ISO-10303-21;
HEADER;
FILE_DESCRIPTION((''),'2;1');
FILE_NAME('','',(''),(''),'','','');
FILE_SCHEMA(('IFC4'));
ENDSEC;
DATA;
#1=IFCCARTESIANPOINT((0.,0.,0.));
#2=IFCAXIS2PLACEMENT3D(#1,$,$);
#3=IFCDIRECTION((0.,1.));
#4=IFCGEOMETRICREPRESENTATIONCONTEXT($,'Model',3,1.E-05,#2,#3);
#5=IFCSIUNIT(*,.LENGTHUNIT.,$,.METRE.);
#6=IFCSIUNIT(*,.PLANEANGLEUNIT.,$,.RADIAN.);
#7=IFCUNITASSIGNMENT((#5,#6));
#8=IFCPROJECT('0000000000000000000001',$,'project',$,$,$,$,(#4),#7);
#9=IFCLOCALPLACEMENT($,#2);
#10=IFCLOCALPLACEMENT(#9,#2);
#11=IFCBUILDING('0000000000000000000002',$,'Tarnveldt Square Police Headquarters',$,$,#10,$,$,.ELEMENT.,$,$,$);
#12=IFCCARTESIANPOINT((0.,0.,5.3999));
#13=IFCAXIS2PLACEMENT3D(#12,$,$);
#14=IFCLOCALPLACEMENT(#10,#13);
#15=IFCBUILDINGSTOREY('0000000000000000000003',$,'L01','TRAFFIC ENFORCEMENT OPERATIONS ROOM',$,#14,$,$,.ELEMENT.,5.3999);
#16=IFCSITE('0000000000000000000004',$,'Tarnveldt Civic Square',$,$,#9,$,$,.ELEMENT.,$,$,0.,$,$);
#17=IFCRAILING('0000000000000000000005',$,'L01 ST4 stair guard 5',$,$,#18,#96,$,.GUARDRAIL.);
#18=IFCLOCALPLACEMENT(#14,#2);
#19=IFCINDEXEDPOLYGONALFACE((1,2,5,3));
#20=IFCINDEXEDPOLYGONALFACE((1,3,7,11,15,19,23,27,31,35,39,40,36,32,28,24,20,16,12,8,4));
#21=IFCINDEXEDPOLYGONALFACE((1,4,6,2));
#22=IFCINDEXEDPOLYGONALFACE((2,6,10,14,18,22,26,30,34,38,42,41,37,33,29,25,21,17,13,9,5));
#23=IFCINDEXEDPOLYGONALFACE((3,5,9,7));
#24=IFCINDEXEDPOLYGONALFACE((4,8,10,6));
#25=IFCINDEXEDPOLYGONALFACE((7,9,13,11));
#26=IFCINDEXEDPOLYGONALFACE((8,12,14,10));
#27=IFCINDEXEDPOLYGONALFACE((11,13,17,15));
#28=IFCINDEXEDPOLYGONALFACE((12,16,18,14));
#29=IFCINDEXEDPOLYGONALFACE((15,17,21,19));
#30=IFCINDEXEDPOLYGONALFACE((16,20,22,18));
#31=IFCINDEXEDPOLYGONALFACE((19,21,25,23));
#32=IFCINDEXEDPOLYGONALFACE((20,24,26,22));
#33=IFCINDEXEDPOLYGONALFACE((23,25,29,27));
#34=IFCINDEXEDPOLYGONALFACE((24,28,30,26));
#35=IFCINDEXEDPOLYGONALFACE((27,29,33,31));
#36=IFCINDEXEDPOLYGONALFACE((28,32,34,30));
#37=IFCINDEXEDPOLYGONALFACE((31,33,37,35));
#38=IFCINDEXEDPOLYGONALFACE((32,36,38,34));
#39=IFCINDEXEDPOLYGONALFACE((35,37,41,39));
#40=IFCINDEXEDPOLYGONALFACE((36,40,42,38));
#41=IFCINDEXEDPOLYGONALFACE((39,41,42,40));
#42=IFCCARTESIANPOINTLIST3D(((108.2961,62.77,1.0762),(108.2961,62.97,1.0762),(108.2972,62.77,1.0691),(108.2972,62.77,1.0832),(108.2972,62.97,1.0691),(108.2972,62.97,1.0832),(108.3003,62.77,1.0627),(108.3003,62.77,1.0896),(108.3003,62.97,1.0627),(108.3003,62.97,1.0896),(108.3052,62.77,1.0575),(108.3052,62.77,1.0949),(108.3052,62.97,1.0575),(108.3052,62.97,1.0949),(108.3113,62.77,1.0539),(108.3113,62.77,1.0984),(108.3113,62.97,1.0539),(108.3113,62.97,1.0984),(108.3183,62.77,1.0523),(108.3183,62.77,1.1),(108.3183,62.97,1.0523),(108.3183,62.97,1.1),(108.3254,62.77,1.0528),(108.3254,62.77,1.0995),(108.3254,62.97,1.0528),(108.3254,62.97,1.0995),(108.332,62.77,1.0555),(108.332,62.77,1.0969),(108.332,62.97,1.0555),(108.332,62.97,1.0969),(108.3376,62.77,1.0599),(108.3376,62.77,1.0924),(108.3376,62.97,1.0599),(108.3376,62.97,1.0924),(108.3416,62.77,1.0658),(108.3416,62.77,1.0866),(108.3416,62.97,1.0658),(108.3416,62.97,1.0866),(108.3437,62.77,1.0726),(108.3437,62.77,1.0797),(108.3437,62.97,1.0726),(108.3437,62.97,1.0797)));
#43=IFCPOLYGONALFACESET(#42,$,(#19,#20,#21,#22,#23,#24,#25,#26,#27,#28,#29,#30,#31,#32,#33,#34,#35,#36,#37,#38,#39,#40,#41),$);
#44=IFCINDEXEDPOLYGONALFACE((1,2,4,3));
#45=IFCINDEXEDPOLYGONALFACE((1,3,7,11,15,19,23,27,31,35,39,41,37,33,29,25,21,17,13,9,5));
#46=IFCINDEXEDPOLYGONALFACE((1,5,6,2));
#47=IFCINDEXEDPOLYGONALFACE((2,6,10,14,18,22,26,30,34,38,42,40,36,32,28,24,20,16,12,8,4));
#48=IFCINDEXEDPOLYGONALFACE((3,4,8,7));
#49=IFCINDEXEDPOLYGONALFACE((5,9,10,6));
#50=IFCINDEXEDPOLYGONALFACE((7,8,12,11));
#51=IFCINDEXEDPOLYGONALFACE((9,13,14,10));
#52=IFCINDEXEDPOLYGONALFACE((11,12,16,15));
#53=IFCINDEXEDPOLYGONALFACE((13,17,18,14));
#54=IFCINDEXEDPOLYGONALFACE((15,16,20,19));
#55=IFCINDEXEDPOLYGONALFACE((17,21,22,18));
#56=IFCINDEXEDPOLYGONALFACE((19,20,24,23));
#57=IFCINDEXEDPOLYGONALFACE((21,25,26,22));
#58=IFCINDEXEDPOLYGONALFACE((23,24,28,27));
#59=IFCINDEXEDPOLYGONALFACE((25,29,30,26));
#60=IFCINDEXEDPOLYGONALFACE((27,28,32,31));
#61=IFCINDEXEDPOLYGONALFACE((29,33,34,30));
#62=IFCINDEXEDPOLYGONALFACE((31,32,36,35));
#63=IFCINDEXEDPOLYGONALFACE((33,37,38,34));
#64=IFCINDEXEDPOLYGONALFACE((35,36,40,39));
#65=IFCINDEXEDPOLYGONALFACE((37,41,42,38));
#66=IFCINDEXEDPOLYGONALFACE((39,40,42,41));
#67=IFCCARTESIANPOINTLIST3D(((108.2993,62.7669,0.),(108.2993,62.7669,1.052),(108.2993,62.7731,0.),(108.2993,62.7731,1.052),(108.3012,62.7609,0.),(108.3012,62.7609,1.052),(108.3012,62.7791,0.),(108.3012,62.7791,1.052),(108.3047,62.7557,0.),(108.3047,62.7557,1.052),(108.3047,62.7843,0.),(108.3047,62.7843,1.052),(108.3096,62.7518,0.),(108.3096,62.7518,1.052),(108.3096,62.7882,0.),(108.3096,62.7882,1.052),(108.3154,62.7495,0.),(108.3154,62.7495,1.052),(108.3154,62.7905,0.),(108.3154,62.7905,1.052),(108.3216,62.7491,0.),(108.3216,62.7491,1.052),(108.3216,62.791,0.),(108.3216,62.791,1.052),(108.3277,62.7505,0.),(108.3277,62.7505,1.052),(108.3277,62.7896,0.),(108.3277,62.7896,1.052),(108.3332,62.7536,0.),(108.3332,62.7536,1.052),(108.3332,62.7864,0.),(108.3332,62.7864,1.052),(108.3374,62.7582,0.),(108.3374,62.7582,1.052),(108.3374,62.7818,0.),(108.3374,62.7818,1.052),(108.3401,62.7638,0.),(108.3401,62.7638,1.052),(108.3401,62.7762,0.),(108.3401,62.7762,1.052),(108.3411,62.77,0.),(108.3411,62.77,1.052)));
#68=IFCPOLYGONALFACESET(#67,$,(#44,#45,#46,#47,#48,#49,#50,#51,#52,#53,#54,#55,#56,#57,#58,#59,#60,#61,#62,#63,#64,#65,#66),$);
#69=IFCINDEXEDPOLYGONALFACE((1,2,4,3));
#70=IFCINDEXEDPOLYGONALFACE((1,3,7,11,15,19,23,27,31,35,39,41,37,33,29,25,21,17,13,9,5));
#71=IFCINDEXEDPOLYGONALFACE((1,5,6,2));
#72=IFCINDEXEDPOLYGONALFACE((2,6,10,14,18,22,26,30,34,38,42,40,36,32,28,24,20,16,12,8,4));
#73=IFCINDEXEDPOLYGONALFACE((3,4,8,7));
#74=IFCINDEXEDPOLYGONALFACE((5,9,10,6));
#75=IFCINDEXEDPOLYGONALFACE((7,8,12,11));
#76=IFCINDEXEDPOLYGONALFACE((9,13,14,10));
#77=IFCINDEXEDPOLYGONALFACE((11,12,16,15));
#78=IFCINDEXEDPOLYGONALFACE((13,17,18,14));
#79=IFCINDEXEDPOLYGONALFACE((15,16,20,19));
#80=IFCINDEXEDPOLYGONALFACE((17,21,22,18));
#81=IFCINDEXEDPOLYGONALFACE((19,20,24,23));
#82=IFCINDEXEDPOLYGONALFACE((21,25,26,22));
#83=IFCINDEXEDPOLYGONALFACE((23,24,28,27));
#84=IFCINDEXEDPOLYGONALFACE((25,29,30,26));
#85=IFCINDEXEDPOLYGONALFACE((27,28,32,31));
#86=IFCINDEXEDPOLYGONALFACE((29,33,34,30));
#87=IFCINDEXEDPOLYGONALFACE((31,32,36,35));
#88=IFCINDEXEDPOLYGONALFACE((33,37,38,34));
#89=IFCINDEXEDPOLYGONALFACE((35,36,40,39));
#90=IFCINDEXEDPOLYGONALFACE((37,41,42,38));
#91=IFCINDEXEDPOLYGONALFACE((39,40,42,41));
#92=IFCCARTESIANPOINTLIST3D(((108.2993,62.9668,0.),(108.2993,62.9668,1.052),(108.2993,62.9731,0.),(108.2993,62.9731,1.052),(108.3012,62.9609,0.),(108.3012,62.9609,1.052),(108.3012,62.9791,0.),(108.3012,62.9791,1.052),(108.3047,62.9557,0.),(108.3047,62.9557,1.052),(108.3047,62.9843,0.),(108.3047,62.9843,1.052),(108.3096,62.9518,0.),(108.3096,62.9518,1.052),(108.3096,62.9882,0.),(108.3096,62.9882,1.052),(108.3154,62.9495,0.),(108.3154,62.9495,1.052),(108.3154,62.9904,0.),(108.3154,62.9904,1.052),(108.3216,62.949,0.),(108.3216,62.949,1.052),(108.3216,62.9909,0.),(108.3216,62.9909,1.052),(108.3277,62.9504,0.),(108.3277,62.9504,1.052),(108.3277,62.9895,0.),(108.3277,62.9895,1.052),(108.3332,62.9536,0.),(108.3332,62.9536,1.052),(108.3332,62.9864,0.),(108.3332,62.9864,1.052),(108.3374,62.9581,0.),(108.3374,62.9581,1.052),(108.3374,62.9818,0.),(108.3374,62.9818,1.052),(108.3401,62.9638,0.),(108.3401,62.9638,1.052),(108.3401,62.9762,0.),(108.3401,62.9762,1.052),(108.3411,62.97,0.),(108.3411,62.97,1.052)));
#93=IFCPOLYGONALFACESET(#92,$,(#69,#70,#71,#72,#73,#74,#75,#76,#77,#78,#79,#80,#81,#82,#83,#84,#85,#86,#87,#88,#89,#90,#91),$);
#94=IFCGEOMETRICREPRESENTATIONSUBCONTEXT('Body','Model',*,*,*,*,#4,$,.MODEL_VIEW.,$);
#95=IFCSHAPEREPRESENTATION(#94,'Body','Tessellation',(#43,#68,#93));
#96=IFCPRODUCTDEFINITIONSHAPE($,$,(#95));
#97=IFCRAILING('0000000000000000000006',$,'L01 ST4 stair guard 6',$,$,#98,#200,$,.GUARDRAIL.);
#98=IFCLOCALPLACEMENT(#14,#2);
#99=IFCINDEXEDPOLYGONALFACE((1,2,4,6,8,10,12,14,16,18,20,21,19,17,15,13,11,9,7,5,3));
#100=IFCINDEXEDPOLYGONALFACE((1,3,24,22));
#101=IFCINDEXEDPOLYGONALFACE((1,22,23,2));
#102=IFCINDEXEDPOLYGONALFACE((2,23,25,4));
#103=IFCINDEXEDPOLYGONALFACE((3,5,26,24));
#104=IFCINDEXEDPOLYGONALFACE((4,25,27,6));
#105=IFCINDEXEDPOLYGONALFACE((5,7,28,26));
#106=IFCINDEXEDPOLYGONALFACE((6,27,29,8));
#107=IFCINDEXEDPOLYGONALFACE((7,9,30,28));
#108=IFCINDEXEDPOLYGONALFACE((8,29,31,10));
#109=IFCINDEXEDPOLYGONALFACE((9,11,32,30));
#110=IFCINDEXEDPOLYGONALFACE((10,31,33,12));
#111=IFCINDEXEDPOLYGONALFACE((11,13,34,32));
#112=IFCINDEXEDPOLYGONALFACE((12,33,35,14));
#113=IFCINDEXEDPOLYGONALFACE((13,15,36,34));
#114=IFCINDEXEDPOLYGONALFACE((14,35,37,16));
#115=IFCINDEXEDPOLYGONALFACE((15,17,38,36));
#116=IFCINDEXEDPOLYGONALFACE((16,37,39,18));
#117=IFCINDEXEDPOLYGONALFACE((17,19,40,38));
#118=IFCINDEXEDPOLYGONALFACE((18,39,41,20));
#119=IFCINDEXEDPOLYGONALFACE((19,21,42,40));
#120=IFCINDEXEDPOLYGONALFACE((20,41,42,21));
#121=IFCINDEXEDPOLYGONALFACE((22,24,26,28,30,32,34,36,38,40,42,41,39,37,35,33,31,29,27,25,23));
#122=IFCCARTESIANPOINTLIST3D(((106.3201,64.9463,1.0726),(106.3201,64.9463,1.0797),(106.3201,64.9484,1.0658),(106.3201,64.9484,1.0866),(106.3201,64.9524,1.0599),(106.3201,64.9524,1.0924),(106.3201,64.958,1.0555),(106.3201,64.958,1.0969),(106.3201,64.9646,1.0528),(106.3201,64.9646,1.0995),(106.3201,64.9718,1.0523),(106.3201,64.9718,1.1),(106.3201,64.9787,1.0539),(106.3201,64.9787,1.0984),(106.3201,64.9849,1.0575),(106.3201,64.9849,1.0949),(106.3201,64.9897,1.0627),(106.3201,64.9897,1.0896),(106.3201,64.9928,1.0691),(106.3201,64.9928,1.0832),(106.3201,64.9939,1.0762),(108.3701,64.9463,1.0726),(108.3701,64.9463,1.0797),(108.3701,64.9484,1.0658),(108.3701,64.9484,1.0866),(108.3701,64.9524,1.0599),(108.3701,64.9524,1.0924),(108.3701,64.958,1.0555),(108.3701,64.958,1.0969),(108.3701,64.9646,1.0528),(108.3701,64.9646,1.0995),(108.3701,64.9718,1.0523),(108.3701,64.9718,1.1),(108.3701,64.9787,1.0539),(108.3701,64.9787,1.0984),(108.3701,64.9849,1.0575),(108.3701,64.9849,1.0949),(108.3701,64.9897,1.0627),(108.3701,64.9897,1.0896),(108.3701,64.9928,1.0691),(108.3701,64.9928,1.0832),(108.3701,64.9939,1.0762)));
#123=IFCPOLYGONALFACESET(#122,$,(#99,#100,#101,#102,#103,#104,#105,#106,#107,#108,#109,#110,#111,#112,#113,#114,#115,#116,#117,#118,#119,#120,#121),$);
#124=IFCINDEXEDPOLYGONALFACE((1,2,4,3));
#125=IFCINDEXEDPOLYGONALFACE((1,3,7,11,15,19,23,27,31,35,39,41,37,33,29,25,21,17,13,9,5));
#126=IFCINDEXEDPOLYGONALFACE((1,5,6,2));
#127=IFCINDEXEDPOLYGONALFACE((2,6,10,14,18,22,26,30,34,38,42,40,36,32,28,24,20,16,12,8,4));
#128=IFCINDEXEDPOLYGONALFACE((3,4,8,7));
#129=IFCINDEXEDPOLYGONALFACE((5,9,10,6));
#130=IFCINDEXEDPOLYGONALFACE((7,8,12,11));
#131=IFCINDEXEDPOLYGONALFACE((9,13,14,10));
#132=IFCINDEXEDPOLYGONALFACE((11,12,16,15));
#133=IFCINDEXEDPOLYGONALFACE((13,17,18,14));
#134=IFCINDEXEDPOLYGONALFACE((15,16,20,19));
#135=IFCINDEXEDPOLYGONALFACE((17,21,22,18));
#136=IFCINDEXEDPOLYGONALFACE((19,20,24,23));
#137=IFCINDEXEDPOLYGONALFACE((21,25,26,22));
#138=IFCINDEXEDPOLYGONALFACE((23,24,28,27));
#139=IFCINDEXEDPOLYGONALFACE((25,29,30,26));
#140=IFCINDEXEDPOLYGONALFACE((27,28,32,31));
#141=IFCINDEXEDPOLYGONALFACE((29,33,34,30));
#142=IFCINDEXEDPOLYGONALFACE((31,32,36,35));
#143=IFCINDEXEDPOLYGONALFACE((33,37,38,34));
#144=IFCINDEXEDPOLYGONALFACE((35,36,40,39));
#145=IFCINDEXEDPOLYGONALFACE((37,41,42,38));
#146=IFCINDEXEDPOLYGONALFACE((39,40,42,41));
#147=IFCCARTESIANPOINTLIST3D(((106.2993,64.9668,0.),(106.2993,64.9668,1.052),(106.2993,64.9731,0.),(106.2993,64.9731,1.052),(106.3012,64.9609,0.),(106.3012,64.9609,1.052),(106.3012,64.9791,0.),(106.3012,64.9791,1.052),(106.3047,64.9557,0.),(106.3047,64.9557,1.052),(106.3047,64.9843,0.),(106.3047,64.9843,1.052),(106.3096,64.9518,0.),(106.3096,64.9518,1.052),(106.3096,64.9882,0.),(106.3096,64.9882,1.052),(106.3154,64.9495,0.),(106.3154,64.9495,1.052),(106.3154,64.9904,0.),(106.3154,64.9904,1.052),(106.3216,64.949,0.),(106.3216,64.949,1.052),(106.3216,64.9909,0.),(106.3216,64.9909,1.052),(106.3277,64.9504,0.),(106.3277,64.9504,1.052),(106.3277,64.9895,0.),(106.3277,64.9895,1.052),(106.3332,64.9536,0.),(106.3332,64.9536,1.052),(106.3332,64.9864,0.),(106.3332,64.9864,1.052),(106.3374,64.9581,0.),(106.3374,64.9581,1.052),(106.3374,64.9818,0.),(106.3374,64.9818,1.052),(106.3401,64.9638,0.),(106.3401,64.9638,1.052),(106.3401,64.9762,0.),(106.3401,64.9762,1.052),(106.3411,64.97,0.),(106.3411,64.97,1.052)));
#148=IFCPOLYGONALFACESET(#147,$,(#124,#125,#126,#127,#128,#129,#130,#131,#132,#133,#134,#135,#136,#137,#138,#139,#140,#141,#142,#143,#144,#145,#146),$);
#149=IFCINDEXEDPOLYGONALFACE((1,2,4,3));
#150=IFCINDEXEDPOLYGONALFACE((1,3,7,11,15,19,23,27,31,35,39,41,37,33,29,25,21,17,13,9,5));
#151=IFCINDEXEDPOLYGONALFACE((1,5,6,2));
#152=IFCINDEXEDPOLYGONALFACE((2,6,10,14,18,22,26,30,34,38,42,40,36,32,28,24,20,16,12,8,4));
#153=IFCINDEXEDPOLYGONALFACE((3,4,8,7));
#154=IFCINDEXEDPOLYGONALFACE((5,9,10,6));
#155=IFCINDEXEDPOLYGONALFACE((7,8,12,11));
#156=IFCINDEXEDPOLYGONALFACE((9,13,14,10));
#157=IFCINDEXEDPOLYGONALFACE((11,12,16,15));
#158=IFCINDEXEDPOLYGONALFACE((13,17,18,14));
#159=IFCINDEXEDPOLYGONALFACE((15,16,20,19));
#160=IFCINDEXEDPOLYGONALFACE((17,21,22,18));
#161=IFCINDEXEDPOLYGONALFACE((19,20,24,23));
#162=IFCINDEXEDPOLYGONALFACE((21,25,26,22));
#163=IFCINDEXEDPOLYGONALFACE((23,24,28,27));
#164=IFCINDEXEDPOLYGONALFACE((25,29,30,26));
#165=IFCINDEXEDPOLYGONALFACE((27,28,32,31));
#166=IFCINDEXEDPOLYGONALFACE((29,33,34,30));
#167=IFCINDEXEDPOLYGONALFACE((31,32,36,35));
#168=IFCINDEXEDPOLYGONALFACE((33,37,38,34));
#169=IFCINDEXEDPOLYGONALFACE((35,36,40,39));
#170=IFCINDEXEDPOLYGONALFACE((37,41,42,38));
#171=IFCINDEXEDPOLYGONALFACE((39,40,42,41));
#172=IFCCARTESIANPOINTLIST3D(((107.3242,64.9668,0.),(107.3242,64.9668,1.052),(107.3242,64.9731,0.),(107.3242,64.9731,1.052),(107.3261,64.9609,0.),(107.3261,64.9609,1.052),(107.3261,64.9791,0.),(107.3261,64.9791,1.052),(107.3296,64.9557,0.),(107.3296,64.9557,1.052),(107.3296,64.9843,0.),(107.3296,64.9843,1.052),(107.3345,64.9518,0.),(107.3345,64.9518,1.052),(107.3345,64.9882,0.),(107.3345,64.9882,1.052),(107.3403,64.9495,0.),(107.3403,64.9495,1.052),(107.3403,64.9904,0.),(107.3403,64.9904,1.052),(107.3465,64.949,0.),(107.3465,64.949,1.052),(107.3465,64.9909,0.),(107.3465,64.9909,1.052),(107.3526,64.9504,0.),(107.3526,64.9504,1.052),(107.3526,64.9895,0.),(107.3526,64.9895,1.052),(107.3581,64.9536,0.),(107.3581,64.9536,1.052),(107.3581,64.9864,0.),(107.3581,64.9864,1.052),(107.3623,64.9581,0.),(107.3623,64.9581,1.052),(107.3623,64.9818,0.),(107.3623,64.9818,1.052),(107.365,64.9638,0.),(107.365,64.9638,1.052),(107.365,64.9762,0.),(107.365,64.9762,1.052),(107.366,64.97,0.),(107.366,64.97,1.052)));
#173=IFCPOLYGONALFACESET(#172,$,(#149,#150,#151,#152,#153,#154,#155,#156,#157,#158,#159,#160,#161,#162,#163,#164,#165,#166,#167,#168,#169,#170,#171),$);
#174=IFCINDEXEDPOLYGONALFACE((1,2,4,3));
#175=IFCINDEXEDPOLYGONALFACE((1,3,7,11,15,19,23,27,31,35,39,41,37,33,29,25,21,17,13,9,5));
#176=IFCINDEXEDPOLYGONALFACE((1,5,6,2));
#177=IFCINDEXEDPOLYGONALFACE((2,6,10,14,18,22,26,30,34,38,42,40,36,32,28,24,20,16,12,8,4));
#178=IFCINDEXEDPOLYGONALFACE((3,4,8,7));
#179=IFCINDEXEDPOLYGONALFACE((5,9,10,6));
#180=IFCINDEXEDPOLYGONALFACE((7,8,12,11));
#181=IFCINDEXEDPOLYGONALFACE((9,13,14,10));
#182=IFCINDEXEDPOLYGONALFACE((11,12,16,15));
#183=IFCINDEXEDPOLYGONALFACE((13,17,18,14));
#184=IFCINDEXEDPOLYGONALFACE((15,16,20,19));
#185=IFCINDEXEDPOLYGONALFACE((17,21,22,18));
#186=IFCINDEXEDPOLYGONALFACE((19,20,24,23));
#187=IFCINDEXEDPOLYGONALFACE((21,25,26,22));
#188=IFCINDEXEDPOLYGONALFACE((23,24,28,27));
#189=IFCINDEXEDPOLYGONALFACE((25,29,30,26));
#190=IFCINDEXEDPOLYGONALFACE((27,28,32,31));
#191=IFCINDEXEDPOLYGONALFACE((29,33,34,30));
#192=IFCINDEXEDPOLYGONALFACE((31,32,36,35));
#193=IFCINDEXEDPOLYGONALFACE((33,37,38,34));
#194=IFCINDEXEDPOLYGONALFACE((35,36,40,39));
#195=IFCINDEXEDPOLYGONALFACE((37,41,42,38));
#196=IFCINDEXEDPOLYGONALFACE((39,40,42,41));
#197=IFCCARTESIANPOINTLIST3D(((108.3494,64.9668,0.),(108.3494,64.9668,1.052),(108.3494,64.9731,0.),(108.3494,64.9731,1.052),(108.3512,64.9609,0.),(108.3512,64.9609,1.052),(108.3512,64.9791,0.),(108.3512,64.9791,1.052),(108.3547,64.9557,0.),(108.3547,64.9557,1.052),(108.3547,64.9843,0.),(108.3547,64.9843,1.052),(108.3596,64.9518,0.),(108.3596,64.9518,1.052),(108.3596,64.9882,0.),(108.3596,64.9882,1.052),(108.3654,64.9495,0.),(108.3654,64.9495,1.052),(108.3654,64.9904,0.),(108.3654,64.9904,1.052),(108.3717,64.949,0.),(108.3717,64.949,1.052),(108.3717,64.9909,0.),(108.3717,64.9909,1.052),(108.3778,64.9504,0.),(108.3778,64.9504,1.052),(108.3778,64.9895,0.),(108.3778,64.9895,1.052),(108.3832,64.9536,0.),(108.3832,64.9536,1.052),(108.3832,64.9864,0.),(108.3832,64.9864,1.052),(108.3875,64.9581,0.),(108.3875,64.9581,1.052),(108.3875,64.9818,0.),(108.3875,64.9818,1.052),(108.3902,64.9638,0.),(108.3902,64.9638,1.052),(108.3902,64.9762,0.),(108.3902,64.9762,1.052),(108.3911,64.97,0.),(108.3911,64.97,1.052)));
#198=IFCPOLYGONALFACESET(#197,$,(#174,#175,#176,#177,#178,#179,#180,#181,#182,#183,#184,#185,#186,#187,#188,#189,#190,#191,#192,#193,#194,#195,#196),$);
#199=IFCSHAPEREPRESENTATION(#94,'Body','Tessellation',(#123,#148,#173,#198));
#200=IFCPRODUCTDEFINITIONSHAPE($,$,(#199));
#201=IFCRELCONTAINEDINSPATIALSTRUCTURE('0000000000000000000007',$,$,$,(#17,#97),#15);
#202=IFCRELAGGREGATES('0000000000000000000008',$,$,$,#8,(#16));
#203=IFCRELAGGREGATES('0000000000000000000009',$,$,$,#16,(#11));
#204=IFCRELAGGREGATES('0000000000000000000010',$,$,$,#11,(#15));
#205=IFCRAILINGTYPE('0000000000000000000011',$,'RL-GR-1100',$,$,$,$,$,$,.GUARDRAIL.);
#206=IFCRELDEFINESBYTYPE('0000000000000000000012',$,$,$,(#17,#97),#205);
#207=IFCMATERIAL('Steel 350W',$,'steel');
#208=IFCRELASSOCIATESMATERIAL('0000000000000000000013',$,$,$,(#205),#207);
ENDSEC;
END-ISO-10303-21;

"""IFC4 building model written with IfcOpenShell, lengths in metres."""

from ifc_helpers import new_model, si_unit, direction, frame, origin, origin_2d, place, context, subcontext, project, spatial, circle, extrude, material, type_object, element, save


model = new_model("IFC4")

# Units and contexts
model_context = context("Model", 3, precision=1e-05, world=origin(), true_north=direction((0.0, 1.0)))
body_context = subcontext(model_context, "Body", "Model", "MODEL_VIEW")
ifc_project = project(units=[si_unit("LENGTHUNIT", "METRE"), si_unit("PLANEANGLEUNIT", "RADIAN")], contexts=[model_context])

# Site, building, storey
site_placement = place(None, origin())
site = spatial("IfcSite", under=ifc_project, at=site_placement, Name="Tarnveldt Civic Square", CompositionType="ELEMENT", RefElevation=0.0)
building_placement = place(site_placement, origin())
building = spatial("IfcBuilding", under=site, at=building_placement, Name="Tarnveldt Square Police Headquarters", CompositionType="ELEMENT")
storey_placement = place(building_placement, frame((0.0, 0.0, 5.3999)))
storey = spatial("IfcBuildingStorey", under=building, at=storey_placement, Name="L01", Description="TRAFFIC ENFORCEMENT OPERATIONS ROOM", CompositionType="ELEMENT", Elevation=5.3999)

# Shared definitions
ifc_material_1 = material(Name="Steel 350W", Category="steel")

# Railings
railing_type_1 = type_object("IfcRailingType", Name="RL-GR-1100", PredefinedType="GUARDRAIL", material=ifc_material_1)
railing_1_placement = place(storey_placement, frame((108.3201, 62.77, 0.0)))
element("IfcRailing", 1, at=railing_1_placement, inside=storey, type_object=railing_type_1, Name="L01 ST4 stair guard 5", PredefinedType="GUARDRAIL", context=body_context, shape_type="SweptSolid", body=[
    extrude(circle(Radius=0.0239, at=origin_2d()), frame((0.0, 0.0, 1.0762), z_axis=(0.0, 1.0, 0.0), x_axis=(-1.0, 0.0, 0.0)), (0.0, 0.0, 1.0), 0.2),
    extrude(circle(Radius=0.021, at=origin_2d()), origin(), (0.0, 0.0, 1.0), 1.052),
    extrude(circle(Radius=0.021, at=origin_2d()), frame((0.0, 0.2, 0.0)), (0.0, 0.0, 1.0), 1.052),
])
railing_2_placement = place(storey_placement, frame((106.3201, 64.97, 0.0)))
element("IfcRailing", 2, at=railing_2_placement, inside=storey, type_object=railing_type_1, Name="L01 ST4 stair guard 6", PredefinedType="GUARDRAIL", context=body_context, shape_type="SweptSolid", body=[
    extrude(circle(Radius=0.0239, at=origin_2d()), frame((0.0, 0.0, 1.0762), z_axis=(1.0, 0.0, 0.0), x_axis=(0.0, 1.0, 0.0)), (0.0, 0.0, 1.0), 2.05),
    extrude(circle(Radius=0.021, at=origin_2d()), origin(), (0.0, 0.0, 1.0), 1.052),
    extrude(circle(Radius=0.021, at=origin_2d()), frame((1.0249, 0.0, 0.0)), (0.0, 0.0, 1.0), 1.052),
    extrude(circle(Radius=0.021, at=origin_2d()), frame((2.05, 0.0, 0.0)), (0.0, 0.0, 1.0), 1.052),
])

save(model, "model.ifc")
